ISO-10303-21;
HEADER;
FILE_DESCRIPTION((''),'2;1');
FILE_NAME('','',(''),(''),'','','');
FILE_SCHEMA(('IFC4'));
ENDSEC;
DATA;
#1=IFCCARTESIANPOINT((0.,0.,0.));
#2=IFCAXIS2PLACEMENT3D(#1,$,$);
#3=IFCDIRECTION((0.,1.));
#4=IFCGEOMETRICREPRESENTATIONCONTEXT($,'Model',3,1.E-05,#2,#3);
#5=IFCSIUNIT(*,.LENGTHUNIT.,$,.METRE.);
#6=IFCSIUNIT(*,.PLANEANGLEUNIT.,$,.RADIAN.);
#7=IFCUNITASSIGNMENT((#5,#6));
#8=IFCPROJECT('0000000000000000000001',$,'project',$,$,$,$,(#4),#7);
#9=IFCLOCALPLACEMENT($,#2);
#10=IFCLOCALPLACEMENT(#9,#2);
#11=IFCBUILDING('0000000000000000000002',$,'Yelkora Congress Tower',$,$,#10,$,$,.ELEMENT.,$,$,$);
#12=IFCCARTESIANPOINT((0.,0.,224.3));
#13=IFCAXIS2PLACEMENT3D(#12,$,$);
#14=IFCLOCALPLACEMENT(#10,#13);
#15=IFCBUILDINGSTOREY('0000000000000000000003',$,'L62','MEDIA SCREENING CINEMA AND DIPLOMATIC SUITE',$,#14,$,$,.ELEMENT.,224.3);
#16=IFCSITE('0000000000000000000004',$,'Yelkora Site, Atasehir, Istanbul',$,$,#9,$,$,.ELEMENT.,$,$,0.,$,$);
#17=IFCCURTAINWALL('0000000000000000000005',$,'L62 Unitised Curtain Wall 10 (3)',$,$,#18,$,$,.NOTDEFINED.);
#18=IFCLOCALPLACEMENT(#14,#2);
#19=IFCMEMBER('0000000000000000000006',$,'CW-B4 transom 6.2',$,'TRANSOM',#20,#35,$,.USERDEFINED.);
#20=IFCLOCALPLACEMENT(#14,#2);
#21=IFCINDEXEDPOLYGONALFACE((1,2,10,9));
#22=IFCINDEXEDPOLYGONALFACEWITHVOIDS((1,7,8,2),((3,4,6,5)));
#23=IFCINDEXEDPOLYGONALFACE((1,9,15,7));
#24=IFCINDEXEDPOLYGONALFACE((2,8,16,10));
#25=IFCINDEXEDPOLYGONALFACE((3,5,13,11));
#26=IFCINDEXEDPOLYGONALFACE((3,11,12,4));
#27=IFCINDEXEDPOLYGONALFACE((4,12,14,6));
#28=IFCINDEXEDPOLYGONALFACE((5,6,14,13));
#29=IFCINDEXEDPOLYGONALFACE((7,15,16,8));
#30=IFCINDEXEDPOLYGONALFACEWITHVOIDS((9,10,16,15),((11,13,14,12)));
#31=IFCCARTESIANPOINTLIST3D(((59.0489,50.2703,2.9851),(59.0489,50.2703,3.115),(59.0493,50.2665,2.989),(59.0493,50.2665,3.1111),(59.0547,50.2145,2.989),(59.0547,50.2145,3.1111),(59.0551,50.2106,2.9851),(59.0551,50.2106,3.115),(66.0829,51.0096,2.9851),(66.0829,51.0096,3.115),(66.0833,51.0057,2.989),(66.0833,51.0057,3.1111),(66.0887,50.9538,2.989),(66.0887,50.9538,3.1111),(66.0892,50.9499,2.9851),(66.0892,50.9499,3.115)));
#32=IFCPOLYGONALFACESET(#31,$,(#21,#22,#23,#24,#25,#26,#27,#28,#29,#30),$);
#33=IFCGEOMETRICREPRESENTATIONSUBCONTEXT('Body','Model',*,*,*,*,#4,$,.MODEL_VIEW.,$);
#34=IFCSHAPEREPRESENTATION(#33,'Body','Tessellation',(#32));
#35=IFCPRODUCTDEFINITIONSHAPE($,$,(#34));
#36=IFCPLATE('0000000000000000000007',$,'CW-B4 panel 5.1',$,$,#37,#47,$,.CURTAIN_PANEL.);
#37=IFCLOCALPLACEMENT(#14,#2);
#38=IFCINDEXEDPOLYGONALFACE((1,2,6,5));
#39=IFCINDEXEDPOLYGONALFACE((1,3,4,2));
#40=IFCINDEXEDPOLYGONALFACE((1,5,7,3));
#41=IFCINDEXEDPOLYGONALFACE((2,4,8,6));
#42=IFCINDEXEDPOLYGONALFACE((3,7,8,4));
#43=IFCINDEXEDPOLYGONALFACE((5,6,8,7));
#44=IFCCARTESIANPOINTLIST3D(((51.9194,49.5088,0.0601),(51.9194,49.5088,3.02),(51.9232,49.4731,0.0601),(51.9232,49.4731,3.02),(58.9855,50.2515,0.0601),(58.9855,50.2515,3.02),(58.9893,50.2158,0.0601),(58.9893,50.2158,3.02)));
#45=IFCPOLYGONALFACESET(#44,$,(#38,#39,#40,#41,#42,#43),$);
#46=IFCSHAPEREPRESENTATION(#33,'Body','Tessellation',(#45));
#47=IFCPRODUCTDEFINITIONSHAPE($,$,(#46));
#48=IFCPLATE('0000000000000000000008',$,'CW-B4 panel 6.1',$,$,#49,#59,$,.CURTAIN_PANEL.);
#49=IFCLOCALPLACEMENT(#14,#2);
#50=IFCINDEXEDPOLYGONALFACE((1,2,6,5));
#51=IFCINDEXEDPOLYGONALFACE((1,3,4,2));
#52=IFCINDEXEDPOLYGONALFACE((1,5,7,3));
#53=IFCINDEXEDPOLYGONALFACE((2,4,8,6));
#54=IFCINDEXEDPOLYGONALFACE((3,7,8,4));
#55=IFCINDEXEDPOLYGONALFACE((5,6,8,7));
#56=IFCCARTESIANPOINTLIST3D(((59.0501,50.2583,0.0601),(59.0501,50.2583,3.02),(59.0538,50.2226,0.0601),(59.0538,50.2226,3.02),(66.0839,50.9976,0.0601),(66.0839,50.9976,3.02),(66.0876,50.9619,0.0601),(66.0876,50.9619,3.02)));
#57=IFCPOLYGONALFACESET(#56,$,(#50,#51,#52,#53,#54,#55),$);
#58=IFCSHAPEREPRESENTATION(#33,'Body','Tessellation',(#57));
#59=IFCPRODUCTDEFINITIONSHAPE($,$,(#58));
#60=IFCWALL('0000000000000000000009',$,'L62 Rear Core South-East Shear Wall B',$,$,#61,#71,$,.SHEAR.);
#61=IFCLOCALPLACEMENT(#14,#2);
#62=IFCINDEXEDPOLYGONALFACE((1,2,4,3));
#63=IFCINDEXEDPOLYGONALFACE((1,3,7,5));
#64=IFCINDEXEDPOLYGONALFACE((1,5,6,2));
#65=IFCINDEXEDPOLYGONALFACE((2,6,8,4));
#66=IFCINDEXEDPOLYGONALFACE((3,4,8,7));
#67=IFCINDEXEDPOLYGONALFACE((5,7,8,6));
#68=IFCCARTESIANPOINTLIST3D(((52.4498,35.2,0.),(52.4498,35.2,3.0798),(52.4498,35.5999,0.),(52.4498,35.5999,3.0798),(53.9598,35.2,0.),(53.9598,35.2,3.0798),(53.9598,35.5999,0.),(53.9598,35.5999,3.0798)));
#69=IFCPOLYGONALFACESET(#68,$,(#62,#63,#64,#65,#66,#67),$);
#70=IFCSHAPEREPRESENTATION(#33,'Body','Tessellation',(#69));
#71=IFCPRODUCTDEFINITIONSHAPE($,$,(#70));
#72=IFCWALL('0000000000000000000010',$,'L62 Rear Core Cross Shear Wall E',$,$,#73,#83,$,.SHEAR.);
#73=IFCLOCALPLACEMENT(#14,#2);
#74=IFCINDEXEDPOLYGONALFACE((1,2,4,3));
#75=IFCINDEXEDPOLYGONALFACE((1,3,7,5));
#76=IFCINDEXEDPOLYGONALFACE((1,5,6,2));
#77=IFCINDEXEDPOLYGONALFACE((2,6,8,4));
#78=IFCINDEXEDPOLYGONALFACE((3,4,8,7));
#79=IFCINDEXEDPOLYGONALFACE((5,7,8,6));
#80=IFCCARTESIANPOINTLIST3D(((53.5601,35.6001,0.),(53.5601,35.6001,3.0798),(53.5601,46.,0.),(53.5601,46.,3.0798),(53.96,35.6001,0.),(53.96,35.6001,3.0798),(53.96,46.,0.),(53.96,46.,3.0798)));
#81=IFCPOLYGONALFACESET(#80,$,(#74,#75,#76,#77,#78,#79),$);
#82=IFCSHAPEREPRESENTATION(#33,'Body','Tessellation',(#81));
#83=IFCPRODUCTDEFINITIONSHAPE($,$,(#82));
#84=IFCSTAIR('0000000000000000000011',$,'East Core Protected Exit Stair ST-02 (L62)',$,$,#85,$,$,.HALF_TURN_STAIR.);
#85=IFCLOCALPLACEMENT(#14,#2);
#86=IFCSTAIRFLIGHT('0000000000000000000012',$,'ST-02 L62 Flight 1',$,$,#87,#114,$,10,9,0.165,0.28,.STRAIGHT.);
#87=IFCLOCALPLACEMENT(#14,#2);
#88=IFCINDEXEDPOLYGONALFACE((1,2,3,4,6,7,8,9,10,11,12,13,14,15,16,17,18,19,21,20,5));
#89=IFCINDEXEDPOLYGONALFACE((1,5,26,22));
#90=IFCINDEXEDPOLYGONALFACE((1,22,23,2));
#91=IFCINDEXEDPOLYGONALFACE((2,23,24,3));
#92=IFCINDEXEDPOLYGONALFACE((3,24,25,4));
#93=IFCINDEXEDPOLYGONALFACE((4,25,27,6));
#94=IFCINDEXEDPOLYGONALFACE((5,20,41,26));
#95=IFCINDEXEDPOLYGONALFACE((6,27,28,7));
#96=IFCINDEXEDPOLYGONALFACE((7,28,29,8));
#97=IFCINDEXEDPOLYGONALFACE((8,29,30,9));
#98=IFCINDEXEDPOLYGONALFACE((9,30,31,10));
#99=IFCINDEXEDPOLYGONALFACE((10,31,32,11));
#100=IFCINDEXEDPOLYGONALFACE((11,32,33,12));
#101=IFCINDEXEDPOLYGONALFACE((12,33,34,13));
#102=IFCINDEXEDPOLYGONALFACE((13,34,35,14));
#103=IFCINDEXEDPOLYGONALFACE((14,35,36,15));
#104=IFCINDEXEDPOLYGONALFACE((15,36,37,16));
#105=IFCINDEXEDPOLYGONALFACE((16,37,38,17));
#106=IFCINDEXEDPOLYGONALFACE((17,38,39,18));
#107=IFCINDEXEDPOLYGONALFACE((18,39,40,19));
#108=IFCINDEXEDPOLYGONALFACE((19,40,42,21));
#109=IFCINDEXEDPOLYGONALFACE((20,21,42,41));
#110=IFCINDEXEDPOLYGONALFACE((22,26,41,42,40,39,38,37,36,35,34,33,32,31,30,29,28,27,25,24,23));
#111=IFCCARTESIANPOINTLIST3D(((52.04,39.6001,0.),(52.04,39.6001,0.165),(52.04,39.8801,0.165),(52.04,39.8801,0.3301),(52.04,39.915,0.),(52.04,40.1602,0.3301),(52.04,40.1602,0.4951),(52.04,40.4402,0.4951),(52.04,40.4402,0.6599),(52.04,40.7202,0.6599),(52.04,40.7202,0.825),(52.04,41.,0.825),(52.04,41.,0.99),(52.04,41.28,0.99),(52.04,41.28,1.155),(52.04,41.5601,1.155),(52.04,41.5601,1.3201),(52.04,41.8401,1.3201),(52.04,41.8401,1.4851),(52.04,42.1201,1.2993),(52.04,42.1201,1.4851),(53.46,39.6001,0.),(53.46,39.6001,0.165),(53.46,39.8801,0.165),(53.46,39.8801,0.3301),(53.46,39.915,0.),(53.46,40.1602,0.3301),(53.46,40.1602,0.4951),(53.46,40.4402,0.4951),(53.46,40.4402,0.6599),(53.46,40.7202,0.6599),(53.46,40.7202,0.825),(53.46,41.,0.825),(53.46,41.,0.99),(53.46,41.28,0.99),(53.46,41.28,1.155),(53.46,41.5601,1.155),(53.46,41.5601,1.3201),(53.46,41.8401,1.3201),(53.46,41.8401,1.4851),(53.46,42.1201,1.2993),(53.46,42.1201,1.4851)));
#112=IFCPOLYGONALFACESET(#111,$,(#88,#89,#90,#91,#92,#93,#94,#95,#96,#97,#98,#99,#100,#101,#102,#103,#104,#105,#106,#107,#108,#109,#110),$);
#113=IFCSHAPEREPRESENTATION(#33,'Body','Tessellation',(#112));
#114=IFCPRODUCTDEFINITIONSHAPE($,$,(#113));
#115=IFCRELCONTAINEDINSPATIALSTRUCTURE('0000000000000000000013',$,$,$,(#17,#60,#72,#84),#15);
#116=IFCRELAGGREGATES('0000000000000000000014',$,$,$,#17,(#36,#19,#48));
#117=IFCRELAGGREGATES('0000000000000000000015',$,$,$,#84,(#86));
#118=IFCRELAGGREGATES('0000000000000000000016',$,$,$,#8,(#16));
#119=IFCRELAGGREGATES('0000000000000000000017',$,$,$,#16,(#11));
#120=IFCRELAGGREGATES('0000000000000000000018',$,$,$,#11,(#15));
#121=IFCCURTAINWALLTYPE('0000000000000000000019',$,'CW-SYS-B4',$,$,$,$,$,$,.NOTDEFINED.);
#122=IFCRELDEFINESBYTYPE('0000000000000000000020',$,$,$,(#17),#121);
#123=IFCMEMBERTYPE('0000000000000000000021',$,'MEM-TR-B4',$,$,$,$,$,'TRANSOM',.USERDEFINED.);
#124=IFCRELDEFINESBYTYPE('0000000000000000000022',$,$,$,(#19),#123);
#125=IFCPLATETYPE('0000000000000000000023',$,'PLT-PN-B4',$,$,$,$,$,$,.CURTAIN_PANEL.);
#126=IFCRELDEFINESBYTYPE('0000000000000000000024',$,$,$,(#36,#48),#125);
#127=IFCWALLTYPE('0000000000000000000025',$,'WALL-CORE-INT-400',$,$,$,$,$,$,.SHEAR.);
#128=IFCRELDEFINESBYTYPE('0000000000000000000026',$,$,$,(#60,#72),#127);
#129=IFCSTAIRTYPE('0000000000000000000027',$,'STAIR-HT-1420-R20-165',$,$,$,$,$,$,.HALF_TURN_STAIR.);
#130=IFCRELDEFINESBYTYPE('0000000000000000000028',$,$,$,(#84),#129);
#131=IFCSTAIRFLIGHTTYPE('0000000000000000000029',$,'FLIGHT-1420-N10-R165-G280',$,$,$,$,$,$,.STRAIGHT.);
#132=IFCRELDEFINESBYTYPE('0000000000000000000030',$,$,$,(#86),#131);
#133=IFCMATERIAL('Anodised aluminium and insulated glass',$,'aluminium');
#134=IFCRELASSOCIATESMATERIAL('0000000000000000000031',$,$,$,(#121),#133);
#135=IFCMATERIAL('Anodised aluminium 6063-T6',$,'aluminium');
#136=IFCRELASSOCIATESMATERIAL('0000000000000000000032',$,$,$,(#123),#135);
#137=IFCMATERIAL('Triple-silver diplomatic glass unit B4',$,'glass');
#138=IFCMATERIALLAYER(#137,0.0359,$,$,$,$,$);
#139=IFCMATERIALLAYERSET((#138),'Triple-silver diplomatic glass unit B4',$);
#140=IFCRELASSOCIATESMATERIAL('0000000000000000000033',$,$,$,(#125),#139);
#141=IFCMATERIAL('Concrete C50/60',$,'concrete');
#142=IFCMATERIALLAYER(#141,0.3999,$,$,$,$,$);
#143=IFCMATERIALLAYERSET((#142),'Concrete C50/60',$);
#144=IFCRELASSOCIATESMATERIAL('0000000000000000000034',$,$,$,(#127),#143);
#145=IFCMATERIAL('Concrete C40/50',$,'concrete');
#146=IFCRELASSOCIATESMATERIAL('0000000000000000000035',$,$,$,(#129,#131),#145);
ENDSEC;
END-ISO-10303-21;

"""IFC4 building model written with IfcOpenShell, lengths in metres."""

from ifc_helpers import new_model, si_unit, direction, frame, frame_2d, origin, origin_2d, place, context, subcontext, project, spatial, polyline, rectangle, hollow_rectangle, outline, extrude, material, layer, layer_set, material_profile, profile_set, type_object, element, aggregate, save


model = new_model("IFC4")

# Units and contexts
model_context = context("Model", 3, precision=1e-05, world=origin(), true_north=direction((0.0, 1.0)))
body_context = subcontext(model_context, "Body", "Model", "MODEL_VIEW")
ifc_project = project(units=[si_unit("LENGTHUNIT", "METRE"), si_unit("PLANEANGLEUNIT", "RADIAN")], contexts=[model_context])

# Site, building, storey
site_placement = place(None, origin())
site = spatial("IfcSite", under=ifc_project, at=site_placement, Name="Yelkora Site, Atasehir, Istanbul", CompositionType="ELEMENT", RefElevation=0.0)
building_placement = place(site_placement, origin())
building = spatial("IfcBuilding", under=site, at=building_placement, Name="Yelkora Congress Tower", CompositionType="ELEMENT")
storey_placement = place(building_placement, frame((0.0, 0.0, 224.3)))
storey = spatial("IfcBuildingStorey", under=building, at=storey_placement, Name="L62", Description="MEDIA SCREENING CINEMA AND DIPLOMATIC SUITE", CompositionType="ELEMENT", Elevation=224.3)

# Curtain wall, member, plates
ifc_material_1 = material(Name="Anodised aluminium and insulated glass", Category="aluminium")
curtain_wall_type = type_object("IfcCurtainWallType", Name="CW-SYS-B4", PredefinedType="NOTDEFINED", material=ifc_material_1)
curtain_wall_placement = place(storey_placement, origin())
curtain_wall = element("IfcCurtainWall", 1, at=curtain_wall_placement, inside=storey, type_object=curtain_wall_type, Name="L62 Unitised Curtain Wall 10 (3)", PredefinedType="NOTDEFINED")
ifc_material_2 = material(Name="Anodised aluminium 6063-T6", Category="aluminium")
ifc_material_profile_1 = material_profile(ifc_material_2, hollow_rectangle(XDim=0.0601, YDim=0.1299, WallThickness=0.0039, at=origin_2d()), Name="ALU 60x130x4")
ifc_profile_set_1 = profile_set([ifc_material_profile_1], Name="Anodised aluminium 6063-T6")
member_type_1 = type_object("IfcMemberType", Name="MEM-TR-B4", ElementType="TRANSOM", PredefinedType="USERDEFINED", material=ifc_profile_set_1)
member_1_placement = place(storey_placement, frame((59.052, 50.2405, 3.05), z_axis=(0.994522, 0.104523, 0.0), x_axis=(-0.104523, 0.994522, 0.0)))
member_1 = element("IfcMember", 2, at=member_1_placement, type_object=member_type_1, Name="CW-B4 transom 6.2", ObjectType="TRANSOM", PredefinedType="USERDEFINED", context=body_context, shape_type="SweptSolid", body=[
    extrude(hollow_rectangle(XDim=0.0601, YDim=0.1299, WallThickness=0.0039, at=origin_2d()), origin(), (0.0, 0.0, 1.0), 7.0728),
])
ifc_material_3 = material(Name="Triple-silver diplomatic glass unit B4", Category="glass")
ifc_layer_1 = layer(ifc_material_3, 0.0359)
ifc_layer_set_1 = layer_set([ifc_layer_1], Name="Triple-silver diplomatic glass unit B4")
plate_type = type_object("IfcPlateType", Name="PLT-PN-B4", PredefinedType="CURTAIN_PANEL", material=ifc_layer_set_1)
plate_1_placement = place(storey_placement, frame((55.4543, 49.8623, 0.0601), z_axis=(0.0, 0.0, 1.0), x_axis=(0.994522, 0.104528, 0.0)))
plate_1 = element("IfcPlate", 3, at=plate_1_placement, type_object=plate_type, Name="CW-B4 panel 5.1", PredefinedType="CURTAIN_PANEL", context=body_context, shape_type="SweptSolid", body=[
    extrude(rectangle(XDim=7.105, YDim=0.0359, at=origin_2d()), origin(), (0.0, 0.0, 1.0), 2.96),
])
plate_2_placement = place(storey_placement, frame((62.5688, 50.6101, 0.0601), z_axis=(0.0, 0.0, 1.0), x_axis=(0.994522, 0.104528, 0.0)))
plate_2 = element("IfcPlate", 4, at=plate_2_placement, type_object=plate_type, Name="CW-B4 panel 6.1", PredefinedType="CURTAIN_PANEL", context=body_context, shape_type="SweptSolid", body=[
    extrude(rectangle(XDim=7.0725, YDim=0.0359, at=origin_2d()), origin(), (0.0, 0.0, 1.0), 2.96),
])
aggregate(curtain_wall, [plate_1, member_1, plate_2])

# Walls
ifc_material_4 = material(Name="Concrete C50/60", Category="concrete")
ifc_layer_2 = layer(ifc_material_4, 0.3999)
ifc_layer_set_2 = layer_set([ifc_layer_2], Name="Concrete C50/60")
wall_type = type_object("IfcWallType", Name="WALL-CORE-INT-400", PredefinedType="SHEAR", material=ifc_layer_set_2)
wall_1_placement = place(storey_placement, frame((52.45, 35.3999, 0.0), z_axis=(0.0, 0.0, 1.0), x_axis=(1.0, 0.0, 0.0)))
element("IfcWall", 5, at=wall_1_placement, inside=storey, type_object=wall_type, Name="L62 Rear Core South-East Shear Wall B", PredefinedType="SHEAR", context=body_context, shape_type="SweptSolid", body=[
    extrude(rectangle(XDim=1.51, YDim=0.3999, at=frame_2d((0.7549, 0.0))), origin(), (0.0, 0.0, 1.0), 3.0798),
])
wall_2_placement = place(storey_placement, frame((53.76, 35.6001, 0.0), z_axis=(0.0, 0.0, 1.0), x_axis=(0.0, 1.0, 0.0)))
element("IfcWall", 6, at=wall_2_placement, inside=storey, type_object=wall_type, Name="L62 Rear Core Cross Shear Wall E", PredefinedType="SHEAR", context=body_context, shape_type="SweptSolid", body=[
    extrude(rectangle(XDim=10.3999, YDim=0.3999, at=frame_2d((5.2, 0.0))), origin(), (0.0, 0.0, 1.0), 3.0798),
])

# Stair, stair flight
ifc_material_5 = material(Name="Concrete C40/50", Category="concrete")
stair_type = type_object("IfcStairType", Name="STAIR-HT-1420-R20-165", PredefinedType="HALF_TURN_STAIR", material=ifc_material_5)
stair_placement = place(storey_placement, origin())
stair = element("IfcStair", 7, at=stair_placement, inside=storey, type_object=stair_type, Name="East Core Protected Exit Stair ST-02 (L62)", PredefinedType="HALF_TURN_STAIR")
stair_flight_type = type_object("IfcStairFlightType", Name="FLIGHT-1420-N10-R165-G280", PredefinedType="STRAIGHT", material=ifc_material_5)
stair_flight_placement = place(storey_placement, frame((52.75, 39.6001, 0.0), z_axis=(0.0, 0.0, 1.0), x_axis=(0.0, 1.0, 0.0)))
stair_flight = element("IfcStairFlight", 8, at=stair_flight_placement, type_object=stair_flight_type, Name="ST-02 L62 Flight 1", NumberOfRisers=10, NumberOfTreads=9, PredefinedType="STRAIGHT", RiserHeight=0.165, TreadLength=0.28, context=body_context, shape_type="SweptSolid", body=[
    extrude(outline(polyline([(0.0, 0.0), (0.0, 0.165), (0.28, 0.165), (0.28, 0.3301), (0.5601, 0.3301), (0.5601, 0.4951), (0.8401, 0.4951), (0.8401, 0.6599), (1.1201, 0.6599), (1.1201, 0.825), (1.3999, 0.825), (1.3999, 0.99), (1.6799, 0.99), (1.6799, 1.155), (1.96, 1.155), (1.96, 1.3201), (2.24, 1.3201), (2.24, 1.4851), (2.52, 1.4851), (2.52, 1.6499), (2.52, 1.2993), (0.3149, 0.0), (0.0, 0.0)])), frame((0.0, 0.71, 0.0), z_axis=(0.0, -1.0, 0.0), x_axis=(1.0, 0.0, 0.0)), (0.0, 0.0, 1.0), 1.4199),
])
aggregate(stair, [stair_flight])

save(model, "model.ifc")
